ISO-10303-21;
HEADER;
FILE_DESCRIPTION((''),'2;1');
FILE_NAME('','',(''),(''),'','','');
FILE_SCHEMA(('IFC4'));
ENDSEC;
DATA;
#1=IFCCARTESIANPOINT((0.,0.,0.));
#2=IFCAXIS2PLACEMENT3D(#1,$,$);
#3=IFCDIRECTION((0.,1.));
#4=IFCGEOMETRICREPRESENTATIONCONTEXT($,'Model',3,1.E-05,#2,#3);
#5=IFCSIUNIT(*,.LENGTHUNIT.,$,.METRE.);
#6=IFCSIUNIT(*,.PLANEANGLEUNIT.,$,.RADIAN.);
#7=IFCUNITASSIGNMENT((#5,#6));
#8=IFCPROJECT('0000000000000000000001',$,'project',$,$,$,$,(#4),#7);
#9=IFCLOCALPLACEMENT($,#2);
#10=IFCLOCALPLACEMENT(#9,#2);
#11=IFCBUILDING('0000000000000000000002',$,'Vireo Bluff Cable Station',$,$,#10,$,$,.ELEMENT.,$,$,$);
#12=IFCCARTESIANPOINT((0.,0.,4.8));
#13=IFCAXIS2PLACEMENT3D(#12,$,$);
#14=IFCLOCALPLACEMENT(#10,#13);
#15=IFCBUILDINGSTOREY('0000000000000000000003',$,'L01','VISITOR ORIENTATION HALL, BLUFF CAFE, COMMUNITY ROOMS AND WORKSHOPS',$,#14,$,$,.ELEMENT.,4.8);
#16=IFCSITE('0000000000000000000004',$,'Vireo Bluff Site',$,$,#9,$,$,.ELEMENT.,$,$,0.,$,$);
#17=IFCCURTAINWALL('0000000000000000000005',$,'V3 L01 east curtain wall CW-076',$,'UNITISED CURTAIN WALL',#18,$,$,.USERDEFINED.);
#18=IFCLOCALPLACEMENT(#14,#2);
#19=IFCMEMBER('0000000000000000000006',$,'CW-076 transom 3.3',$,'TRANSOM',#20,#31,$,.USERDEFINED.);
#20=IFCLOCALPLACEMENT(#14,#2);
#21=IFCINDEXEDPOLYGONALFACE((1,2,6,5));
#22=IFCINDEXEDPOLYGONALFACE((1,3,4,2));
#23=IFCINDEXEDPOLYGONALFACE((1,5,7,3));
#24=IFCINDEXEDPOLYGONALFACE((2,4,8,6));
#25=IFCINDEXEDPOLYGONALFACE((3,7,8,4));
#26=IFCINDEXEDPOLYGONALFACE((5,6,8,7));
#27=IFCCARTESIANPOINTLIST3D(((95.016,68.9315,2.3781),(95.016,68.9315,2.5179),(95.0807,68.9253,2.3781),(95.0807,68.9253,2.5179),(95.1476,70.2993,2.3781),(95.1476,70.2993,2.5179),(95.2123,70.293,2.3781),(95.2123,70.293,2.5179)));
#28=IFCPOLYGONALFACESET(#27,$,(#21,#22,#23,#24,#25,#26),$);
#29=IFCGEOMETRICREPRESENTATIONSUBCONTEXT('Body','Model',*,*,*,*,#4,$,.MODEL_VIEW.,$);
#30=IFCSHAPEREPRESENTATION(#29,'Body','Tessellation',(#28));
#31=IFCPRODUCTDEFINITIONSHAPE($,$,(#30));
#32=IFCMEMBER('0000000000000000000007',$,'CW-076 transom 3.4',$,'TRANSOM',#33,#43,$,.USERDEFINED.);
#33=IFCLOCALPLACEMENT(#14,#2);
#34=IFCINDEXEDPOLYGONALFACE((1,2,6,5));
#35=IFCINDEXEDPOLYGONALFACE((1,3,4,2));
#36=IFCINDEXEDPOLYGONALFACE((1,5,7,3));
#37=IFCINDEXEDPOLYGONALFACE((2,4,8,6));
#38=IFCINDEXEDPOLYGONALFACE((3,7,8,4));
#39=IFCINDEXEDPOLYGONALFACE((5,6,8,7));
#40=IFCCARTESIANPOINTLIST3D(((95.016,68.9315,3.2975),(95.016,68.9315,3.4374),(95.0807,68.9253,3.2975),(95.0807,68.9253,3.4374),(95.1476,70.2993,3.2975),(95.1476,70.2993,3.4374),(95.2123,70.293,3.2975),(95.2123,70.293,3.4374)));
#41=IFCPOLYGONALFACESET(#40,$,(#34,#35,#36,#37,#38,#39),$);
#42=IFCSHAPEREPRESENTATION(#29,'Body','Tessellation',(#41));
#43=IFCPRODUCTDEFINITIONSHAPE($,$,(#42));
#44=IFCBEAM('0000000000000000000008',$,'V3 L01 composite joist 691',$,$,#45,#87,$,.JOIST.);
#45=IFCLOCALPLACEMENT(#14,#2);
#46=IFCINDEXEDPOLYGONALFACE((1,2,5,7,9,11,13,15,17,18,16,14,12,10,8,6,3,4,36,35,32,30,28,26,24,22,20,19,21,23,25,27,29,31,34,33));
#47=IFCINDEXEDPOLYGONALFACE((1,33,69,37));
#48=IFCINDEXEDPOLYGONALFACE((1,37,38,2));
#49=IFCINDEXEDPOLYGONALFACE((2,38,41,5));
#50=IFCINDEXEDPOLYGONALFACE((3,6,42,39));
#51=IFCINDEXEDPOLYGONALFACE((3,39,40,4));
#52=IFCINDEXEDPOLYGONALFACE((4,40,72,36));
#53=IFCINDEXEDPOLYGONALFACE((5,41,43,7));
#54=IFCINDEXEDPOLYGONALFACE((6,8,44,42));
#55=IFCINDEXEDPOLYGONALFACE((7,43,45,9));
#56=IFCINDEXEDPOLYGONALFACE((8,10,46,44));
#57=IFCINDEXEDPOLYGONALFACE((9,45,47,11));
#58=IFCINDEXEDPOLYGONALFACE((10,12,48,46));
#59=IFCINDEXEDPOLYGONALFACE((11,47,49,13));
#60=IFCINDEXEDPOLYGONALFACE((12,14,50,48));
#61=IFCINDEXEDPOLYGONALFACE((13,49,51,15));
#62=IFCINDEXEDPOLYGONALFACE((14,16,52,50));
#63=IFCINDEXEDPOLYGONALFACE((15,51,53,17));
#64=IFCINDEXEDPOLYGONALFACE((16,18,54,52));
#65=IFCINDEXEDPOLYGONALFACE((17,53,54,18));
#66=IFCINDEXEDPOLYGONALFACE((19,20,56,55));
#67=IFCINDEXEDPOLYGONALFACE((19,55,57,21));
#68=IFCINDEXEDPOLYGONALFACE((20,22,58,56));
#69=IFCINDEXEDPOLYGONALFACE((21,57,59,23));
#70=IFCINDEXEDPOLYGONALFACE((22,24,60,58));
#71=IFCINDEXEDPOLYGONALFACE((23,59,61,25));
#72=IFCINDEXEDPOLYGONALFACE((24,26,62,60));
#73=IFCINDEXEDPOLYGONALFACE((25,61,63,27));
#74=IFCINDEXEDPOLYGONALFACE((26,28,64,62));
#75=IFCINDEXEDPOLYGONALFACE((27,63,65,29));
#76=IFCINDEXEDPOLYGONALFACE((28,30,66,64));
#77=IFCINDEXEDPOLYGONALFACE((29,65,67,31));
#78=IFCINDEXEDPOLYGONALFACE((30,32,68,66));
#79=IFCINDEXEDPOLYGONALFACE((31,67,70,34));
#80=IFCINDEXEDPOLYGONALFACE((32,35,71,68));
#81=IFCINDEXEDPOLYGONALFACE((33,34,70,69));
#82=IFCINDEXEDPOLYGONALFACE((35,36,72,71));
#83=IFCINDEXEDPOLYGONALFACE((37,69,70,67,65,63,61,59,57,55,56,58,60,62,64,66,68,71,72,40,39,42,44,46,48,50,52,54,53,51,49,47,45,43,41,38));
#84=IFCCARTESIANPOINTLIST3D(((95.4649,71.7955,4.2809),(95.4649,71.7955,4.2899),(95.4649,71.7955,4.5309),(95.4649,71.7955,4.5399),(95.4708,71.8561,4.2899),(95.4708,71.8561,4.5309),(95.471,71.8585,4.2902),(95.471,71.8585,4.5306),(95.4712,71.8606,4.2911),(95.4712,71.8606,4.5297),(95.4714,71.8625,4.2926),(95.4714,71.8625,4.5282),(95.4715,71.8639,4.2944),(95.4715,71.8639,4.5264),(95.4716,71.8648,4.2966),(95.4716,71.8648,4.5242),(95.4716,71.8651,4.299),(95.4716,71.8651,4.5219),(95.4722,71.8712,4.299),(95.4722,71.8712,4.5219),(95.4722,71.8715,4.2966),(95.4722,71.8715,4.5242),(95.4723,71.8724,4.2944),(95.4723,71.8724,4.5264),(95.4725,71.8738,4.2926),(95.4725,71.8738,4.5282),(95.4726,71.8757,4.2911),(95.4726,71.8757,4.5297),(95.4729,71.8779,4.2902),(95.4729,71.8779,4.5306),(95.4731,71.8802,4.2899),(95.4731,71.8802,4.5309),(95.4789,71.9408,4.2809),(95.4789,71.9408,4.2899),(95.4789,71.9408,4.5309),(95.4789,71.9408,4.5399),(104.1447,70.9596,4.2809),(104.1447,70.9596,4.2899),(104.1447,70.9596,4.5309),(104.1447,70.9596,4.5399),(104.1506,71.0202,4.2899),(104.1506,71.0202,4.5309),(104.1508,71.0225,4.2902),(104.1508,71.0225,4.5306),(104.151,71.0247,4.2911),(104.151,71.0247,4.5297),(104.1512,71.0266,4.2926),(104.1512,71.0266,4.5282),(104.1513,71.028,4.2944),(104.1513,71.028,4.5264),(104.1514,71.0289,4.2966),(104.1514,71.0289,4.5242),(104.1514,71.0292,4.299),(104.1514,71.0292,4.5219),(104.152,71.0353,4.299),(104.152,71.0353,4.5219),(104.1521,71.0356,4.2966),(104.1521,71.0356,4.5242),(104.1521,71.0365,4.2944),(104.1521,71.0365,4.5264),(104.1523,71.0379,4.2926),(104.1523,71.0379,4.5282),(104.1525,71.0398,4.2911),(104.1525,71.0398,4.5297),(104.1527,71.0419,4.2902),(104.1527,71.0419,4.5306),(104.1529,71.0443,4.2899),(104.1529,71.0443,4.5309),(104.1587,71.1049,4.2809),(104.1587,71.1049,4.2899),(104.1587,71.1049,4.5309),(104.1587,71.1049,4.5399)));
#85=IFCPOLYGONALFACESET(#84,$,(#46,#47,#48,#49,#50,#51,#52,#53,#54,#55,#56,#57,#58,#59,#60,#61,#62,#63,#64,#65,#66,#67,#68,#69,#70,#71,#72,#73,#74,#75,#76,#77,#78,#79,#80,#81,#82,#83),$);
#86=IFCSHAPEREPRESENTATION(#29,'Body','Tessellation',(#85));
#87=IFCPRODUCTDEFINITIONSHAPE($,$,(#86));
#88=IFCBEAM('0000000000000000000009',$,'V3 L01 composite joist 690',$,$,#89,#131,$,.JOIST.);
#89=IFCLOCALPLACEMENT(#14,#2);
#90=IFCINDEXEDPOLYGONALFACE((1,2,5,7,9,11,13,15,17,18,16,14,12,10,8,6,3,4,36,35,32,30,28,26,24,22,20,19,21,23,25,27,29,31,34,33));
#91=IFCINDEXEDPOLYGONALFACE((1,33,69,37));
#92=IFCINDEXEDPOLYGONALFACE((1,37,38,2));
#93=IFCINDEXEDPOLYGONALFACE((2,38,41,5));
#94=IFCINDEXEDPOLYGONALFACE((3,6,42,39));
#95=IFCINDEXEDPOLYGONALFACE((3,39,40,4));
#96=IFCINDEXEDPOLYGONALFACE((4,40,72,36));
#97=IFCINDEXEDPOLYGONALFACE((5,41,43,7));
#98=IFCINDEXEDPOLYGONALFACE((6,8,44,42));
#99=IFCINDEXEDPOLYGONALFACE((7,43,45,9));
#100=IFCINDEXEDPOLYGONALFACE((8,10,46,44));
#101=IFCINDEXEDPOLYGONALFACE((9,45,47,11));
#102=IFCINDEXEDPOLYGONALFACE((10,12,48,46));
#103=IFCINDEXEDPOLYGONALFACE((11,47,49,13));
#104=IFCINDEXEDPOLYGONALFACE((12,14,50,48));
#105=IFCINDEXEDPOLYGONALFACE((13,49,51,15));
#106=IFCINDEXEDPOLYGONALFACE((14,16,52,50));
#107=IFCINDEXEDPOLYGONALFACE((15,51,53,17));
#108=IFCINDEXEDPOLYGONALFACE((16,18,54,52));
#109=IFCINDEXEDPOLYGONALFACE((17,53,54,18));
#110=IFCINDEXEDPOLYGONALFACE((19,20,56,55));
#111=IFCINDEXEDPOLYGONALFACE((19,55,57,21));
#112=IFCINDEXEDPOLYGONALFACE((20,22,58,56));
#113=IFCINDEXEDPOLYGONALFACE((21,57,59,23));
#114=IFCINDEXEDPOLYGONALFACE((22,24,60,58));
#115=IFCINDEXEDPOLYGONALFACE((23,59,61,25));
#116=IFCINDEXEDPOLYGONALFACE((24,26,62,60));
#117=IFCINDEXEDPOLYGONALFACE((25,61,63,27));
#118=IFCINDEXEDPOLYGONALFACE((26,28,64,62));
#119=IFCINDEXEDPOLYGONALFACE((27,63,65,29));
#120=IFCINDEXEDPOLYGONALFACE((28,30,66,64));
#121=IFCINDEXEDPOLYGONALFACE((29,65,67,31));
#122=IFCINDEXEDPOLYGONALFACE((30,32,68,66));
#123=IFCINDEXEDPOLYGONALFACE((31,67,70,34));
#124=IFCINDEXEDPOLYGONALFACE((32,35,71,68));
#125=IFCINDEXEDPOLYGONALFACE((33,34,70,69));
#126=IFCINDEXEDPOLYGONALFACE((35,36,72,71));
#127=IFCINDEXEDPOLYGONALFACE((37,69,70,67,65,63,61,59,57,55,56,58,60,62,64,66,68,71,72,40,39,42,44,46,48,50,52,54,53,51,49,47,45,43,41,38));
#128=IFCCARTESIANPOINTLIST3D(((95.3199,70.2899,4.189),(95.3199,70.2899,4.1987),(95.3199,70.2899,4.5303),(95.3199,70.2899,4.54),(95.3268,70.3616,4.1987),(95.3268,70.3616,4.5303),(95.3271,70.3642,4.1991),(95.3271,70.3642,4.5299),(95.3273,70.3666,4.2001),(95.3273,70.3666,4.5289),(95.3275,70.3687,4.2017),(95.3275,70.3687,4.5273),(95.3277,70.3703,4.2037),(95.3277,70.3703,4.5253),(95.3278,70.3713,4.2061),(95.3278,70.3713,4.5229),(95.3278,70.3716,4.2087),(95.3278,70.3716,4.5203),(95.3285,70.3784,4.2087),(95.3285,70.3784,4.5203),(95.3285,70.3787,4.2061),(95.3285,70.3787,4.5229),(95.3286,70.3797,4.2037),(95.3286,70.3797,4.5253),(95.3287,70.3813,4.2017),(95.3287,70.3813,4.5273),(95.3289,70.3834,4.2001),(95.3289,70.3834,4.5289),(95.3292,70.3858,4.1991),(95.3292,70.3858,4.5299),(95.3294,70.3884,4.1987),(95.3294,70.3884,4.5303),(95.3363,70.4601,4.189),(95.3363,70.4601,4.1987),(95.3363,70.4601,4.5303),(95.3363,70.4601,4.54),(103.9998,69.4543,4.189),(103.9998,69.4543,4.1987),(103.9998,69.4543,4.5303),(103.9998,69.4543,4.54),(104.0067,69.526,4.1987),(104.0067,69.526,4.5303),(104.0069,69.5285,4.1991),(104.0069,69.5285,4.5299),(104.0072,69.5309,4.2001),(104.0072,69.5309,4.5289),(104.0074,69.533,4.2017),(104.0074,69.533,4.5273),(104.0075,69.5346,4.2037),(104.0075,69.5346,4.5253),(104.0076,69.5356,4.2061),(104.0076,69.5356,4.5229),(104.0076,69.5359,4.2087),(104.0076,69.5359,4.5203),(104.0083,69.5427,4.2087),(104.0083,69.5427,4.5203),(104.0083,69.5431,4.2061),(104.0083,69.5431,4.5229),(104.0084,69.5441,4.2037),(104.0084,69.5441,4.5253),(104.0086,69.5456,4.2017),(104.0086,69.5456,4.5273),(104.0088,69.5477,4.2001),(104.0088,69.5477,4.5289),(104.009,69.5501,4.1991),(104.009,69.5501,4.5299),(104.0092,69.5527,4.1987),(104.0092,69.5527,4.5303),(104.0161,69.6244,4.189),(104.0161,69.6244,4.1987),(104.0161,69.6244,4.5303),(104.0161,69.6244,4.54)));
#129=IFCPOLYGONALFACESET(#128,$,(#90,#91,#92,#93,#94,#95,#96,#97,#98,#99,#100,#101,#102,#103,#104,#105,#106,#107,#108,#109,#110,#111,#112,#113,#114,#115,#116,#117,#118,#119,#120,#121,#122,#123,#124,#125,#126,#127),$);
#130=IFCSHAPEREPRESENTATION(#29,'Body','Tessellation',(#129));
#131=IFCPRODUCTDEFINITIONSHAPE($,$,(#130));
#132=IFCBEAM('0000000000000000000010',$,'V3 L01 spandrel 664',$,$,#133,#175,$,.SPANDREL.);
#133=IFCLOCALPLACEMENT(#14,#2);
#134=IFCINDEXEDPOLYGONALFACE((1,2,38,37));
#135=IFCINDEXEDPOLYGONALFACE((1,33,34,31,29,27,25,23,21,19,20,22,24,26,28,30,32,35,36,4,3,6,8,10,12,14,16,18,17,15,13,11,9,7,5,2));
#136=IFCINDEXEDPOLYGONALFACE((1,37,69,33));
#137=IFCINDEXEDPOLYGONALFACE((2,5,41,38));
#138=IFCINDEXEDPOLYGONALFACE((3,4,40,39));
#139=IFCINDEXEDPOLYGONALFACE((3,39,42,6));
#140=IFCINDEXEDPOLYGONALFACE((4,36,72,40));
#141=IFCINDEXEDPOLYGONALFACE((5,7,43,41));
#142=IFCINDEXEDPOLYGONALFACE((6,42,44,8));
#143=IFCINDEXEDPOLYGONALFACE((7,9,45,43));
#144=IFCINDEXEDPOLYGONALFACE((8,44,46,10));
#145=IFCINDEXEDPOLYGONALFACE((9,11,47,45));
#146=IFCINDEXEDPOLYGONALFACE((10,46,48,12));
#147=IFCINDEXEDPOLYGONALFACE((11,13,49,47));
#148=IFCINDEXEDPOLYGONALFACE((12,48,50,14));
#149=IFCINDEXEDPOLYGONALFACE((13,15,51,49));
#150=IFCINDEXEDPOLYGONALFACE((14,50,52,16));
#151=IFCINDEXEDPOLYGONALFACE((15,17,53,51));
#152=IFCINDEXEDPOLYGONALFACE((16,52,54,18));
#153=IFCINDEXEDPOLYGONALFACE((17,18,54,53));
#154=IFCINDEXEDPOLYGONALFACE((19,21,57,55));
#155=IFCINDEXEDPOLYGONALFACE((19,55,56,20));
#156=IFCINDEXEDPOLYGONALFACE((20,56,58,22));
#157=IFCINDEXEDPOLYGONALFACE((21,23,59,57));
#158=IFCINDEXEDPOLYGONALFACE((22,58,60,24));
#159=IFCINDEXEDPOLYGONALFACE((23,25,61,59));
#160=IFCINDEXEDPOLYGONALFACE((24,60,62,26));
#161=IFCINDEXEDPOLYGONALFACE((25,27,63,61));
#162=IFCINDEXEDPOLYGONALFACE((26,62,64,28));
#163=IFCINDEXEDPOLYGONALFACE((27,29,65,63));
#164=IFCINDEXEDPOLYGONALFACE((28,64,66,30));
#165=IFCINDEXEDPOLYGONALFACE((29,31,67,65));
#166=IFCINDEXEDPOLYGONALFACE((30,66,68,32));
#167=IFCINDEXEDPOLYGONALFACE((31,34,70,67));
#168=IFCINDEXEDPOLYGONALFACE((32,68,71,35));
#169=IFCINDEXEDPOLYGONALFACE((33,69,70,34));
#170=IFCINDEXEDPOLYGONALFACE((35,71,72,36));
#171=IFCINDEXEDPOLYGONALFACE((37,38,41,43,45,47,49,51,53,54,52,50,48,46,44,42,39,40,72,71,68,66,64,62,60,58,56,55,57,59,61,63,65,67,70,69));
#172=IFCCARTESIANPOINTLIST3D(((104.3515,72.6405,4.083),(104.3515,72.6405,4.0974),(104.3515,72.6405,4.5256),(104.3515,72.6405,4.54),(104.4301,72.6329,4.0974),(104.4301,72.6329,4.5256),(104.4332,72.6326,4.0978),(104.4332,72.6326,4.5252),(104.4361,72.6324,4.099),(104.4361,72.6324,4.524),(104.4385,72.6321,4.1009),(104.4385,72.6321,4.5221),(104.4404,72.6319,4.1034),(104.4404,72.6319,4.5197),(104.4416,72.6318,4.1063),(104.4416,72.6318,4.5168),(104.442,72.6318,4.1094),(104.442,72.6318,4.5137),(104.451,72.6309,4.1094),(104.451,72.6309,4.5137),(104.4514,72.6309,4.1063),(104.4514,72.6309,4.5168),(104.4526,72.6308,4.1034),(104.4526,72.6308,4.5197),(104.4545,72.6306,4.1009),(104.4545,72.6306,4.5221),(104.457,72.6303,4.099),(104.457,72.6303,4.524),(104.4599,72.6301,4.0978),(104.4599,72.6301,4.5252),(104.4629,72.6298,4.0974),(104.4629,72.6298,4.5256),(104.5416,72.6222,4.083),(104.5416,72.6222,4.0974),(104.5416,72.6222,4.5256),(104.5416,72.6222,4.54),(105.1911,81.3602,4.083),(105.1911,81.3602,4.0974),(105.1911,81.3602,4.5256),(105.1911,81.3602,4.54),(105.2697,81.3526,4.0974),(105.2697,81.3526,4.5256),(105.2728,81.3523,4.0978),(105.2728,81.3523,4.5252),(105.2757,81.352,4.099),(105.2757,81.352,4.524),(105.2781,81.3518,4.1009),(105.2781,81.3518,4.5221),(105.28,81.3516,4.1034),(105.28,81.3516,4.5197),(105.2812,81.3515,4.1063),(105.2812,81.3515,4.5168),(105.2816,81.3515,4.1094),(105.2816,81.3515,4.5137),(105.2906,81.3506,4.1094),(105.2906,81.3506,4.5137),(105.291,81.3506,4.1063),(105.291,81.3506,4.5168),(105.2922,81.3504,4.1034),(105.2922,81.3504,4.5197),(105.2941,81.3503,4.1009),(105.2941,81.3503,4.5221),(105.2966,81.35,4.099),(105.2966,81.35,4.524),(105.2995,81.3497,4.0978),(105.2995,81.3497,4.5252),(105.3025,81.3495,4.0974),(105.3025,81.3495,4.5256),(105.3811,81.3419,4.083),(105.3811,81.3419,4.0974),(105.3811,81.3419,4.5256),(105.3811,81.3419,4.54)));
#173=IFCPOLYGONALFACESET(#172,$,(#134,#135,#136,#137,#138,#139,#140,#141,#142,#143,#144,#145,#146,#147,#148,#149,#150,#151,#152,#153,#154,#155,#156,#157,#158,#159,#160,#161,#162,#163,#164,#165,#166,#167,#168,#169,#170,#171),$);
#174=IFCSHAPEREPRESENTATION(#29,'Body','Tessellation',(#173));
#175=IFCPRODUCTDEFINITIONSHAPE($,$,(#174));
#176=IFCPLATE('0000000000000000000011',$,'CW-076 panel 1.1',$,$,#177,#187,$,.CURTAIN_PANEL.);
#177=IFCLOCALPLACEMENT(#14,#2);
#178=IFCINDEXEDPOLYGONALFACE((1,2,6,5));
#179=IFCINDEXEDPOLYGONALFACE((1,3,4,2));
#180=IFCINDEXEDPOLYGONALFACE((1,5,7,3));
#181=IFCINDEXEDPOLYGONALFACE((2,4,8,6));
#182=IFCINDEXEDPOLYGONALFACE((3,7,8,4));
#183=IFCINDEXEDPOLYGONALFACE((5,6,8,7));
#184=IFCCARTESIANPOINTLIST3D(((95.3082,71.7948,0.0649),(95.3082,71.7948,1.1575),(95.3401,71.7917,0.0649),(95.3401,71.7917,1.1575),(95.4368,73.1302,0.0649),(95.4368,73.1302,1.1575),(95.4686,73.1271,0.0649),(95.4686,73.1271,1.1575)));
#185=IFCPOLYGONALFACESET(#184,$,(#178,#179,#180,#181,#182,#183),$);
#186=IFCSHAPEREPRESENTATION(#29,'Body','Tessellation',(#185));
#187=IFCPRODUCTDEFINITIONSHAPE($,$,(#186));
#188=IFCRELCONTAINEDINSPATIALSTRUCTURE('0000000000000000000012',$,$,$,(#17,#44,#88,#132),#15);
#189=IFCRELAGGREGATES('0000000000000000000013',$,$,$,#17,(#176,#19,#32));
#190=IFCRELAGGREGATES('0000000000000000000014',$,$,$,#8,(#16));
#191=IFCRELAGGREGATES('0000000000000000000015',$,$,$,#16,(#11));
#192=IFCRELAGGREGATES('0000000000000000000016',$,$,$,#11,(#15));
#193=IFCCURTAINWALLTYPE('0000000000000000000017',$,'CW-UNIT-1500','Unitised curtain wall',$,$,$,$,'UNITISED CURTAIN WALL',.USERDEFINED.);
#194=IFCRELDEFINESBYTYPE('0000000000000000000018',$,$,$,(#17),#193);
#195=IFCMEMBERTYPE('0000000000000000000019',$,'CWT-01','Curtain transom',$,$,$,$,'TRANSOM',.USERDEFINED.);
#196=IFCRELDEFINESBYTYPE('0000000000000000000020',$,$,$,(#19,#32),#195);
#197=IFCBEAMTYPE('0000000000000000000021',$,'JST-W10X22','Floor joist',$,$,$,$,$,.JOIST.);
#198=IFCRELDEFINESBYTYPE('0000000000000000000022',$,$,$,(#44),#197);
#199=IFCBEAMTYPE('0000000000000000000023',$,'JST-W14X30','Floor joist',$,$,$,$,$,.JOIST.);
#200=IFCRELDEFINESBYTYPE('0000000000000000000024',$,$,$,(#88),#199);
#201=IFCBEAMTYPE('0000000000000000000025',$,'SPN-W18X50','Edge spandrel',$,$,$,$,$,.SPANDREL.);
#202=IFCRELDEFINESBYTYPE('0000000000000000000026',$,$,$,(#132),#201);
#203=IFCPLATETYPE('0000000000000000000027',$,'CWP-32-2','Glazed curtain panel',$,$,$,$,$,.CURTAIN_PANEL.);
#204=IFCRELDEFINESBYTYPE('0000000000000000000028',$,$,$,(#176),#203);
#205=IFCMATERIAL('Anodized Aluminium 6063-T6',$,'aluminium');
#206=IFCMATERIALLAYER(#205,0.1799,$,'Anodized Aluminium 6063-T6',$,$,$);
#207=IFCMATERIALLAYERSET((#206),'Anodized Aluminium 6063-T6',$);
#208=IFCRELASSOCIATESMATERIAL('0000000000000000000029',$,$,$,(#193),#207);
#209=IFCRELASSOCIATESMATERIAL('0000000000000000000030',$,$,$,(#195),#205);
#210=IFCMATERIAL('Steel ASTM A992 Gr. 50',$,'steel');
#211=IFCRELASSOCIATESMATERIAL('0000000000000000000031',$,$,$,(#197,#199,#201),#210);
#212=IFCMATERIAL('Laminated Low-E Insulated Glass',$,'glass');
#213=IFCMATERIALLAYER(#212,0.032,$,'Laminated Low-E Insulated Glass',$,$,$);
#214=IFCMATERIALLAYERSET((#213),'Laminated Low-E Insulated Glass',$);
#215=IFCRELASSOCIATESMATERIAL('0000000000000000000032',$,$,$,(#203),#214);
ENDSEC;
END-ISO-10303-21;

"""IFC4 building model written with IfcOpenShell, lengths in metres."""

from ifc_helpers import new_model, si_unit, direction, frame, origin, origin_2d, place, context, subcontext, project, spatial, rectangle, i_section, extrude, material, layer, layer_set, material_profile, profile_set, type_object, element, aggregate, save


model = new_model("IFC4")

# Units and contexts
model_context = context("Model", 3, precision=1e-05, world=origin(), true_north=direction((0.0, 1.0)))
body_context = subcontext(model_context, "Body", "Model", "MODEL_VIEW")
ifc_project = project(units=[si_unit("LENGTHUNIT", "METRE"), si_unit("PLANEANGLEUNIT", "RADIAN")], contexts=[model_context])

# Site, building, storey
site_placement = place(None, origin())
site = spatial("IfcSite", under=ifc_project, at=site_placement, Name="Vireo Bluff Site", CompositionType="ELEMENT", RefElevation=0.0)
building_placement = place(site_placement, origin())
building = spatial("IfcBuilding", under=site, at=building_placement, Name="Vireo Bluff Cable Station", CompositionType="ELEMENT")
storey_placement = place(building_placement, frame((0.0, 0.0, 4.8)))
storey = spatial("IfcBuildingStorey", under=building, at=storey_placement, Name="L01", Description="VISITOR ORIENTATION HALL, BLUFF CAFE, COMMUNITY ROOMS AND WORKSHOPS", CompositionType="ELEMENT", Elevation=4.8)

# Shared definitions
ifc_material_1 = material(Name="Steel ASTM A992 Gr. 50", Category="steel")

# Curtain wall, members
ifc_material_2 = material(Name="Anodized Aluminium 6063-T6", Category="aluminium")
ifc_layer_1 = layer(ifc_material_2, 0.1799, Name="Anodized Aluminium 6063-T6")
ifc_layer_set_1 = layer_set([ifc_layer_1], Name="Anodized Aluminium 6063-T6")
curtain_wall_type = type_object("IfcCurtainWallType", Name="CW-UNIT-1500", Description="Unitised curtain wall", ElementType="UNITISED CURTAIN WALL", PredefinedType="USERDEFINED", material=ifc_layer_set_1)
curtain_wall_placement = place(storey_placement, origin())
curtain_wall = element("IfcCurtainWall", 1, at=curtain_wall_placement, inside=storey, type_object=curtain_wall_type, Name="V3 L01 east curtain wall CW-076", ObjectType="UNITISED CURTAIN WALL", PredefinedType="USERDEFINED")
ifc_material_profile_1 = material_profile(ifc_material_2, rectangle(XDim=0.0649, YDim=0.1399, at=origin_2d()), Name="ALU-T-65X140")
ifc_profile_set_1 = profile_set([ifc_material_profile_1], Name="Anodized Aluminium 6063-T6")
member_type_1 = type_object("IfcMemberType", Name="CWT-01", Description="Curtain transom", ElementType="TRANSOM", PredefinedType="USERDEFINED", material=ifc_profile_set_1)
member_1_placement = place(storey_placement, frame((95.1799, 70.2961, 2.448), z_axis=(-0.095773, -0.995403, 0.0), x_axis=(0.995403, -0.095773, 0.0)))
member_1 = element("IfcMember", 2, at=member_1_placement, type_object=member_type_1, Name="CW-076 transom 3.3", ObjectType="TRANSOM", PredefinedType="USERDEFINED", context=body_context, shape_type="SweptSolid", body=[
    extrude(rectangle(XDim=0.0649, YDim=0.1399, at=origin_2d()), origin(), (0.0, 0.0, 1.0), 1.374),
])
member_2_placement = place(storey_placement, frame((95.1799, 70.2961, 3.3674), z_axis=(-0.095773, -0.995403, 0.0), x_axis=(0.995403, -0.095773, 0.0)))
member_2 = element("IfcMember", 3, at=member_2_placement, type_object=member_type_1, Name="CW-076 transom 3.4", ObjectType="TRANSOM", PredefinedType="USERDEFINED", context=body_context, shape_type="SweptSolid", body=[
    extrude(rectangle(XDim=0.0649, YDim=0.1399, at=origin_2d()), origin(), (0.0, 0.0, 1.0), 1.374),
])

# Beams
ifc_material_profile_2 = material_profile(ifc_material_1, i_section(OverallWidth=0.146, OverallDepth=0.259, WebThickness=0.0061, FlangeThickness=0.009, FilletRadius=0.009, at=origin_2d()), Name="W10X22")
ifc_profile_set_2 = profile_set([ifc_material_profile_2], Name="Steel ASTM A992 Gr. 50")
beam_type_1 = type_object("IfcBeamType", Name="JST-W10X22", Description="Floor joist", PredefinedType="JOIST", material=ifc_profile_set_2)
beam_1_placement = place(storey_placement, frame((95.4719, 71.8682, 4.4104), z_axis=(0.995395, -0.095863, 0.0), x_axis=(0.095863, 0.995395, 0.0)))
element("IfcBeam", 4, at=beam_1_placement, inside=storey, type_object=beam_type_1, Name="V3 L01 composite joist 691", PredefinedType="JOIST", context=body_context, shape_type="SweptSolid", body=[
    extrude(i_section(OverallWidth=0.146, OverallDepth=0.259, WebThickness=0.0061, FlangeThickness=0.009, FilletRadius=0.009, at=origin_2d()), origin(), (0.0, 0.0, 1.0), 8.72),
])
ifc_material_profile_3 = material_profile(ifc_material_1, i_section(OverallWidth=0.1709, OverallDepth=0.3511, WebThickness=0.0068, FlangeThickness=0.0098, FilletRadius=0.01, at=origin_2d()), Name="W14X30")
ifc_profile_set_3 = profile_set([ifc_material_profile_3], Name="Steel ASTM A992 Gr. 50")
beam_type_2 = type_object("IfcBeamType", Name="JST-W14X30", Description="Floor joist", PredefinedType="JOIST", material=ifc_profile_set_3)
beam_2_placement = place(storey_placement, frame((95.3281, 70.375, 4.3645), z_axis=(0.995397, -0.095836, 0.0), x_axis=(0.095836, 0.995397, 0.0)))
element("IfcBeam", 5, at=beam_2_placement, inside=storey, type_object=beam_type_2, Name="V3 L01 composite joist 690", PredefinedType="JOIST", context=body_context, shape_type="SweptSolid", body=[
    extrude(i_section(OverallWidth=0.1709, OverallDepth=0.3511, WebThickness=0.0068, FlangeThickness=0.0098, FilletRadius=0.01, at=origin_2d()), origin(), (0.0, 0.0, 1.0), 8.72),
])
ifc_material_profile_4 = material_profile(ifc_material_1, i_section(OverallWidth=0.1909, OverallDepth=0.457, WebThickness=0.009, FlangeThickness=0.0144, FilletRadius=0.012, at=origin_2d()), Name="W18X50")
ifc_profile_set_4 = profile_set([ifc_material_profile_4], Name="Steel ASTM A992 Gr. 50")
beam_type_3 = type_object("IfcBeamType", Name="SPN-W18X50", Description="Edge spandrel", PredefinedType="SPANDREL", material=ifc_profile_set_4)
beam_3_placement = place(storey_placement, frame((104.4465, 72.6313, 4.3115), z_axis=(0.095844, 0.995396, 0.0), x_axis=(-0.995396, 0.095844, 0.0)))
element("IfcBeam", 6, at=beam_3_placement, inside=storey, type_object=beam_type_3, Name="V3 L01 spandrel 664", PredefinedType="SPANDREL", context=body_context, shape_type="SweptSolid", body=[
    extrude(i_section(OverallWidth=0.1909, OverallDepth=0.457, WebThickness=0.009, FlangeThickness=0.0144, FilletRadius=0.012, at=origin_2d()), origin(), (0.0, 0.0, 1.0), 8.76),
])

# Plate
ifc_material_3 = material(Name="Laminated Low-E Insulated Glass", Category="glass")
ifc_layer_2 = layer(ifc_material_3, 0.032, Name="Laminated Low-E Insulated Glass")
ifc_layer_set_2 = layer_set([ifc_layer_2], Name="Laminated Low-E Insulated Glass")
plate_type = type_object("IfcPlateType", Name="CWP-32-2", Description="Glazed curtain panel", PredefinedType="CURTAIN_PANEL", material=ifc_layer_set_2)
plate_1_placement = place(storey_placement, frame((95.3884, 72.4609, 0.0649), z_axis=(0.0, 0.0, 1.0), x_axis=(-0.095846, -0.995396, 0.0)))
plate_1 = element("IfcPlate", 7, at=plate_1_placement, type_object=plate_type, Name="CW-076 panel 1.1", PredefinedType="CURTAIN_PANEL", context=body_context, shape_type="SweptSolid", body=[
    extrude(rectangle(XDim=1.3416, YDim=0.032, at=origin_2d()), origin(), (0.0, 0.0, 1.0), 1.0925),
])
aggregate(curtain_wall, [plate_1, member_1, member_2])

save(model, "model.ifc")
